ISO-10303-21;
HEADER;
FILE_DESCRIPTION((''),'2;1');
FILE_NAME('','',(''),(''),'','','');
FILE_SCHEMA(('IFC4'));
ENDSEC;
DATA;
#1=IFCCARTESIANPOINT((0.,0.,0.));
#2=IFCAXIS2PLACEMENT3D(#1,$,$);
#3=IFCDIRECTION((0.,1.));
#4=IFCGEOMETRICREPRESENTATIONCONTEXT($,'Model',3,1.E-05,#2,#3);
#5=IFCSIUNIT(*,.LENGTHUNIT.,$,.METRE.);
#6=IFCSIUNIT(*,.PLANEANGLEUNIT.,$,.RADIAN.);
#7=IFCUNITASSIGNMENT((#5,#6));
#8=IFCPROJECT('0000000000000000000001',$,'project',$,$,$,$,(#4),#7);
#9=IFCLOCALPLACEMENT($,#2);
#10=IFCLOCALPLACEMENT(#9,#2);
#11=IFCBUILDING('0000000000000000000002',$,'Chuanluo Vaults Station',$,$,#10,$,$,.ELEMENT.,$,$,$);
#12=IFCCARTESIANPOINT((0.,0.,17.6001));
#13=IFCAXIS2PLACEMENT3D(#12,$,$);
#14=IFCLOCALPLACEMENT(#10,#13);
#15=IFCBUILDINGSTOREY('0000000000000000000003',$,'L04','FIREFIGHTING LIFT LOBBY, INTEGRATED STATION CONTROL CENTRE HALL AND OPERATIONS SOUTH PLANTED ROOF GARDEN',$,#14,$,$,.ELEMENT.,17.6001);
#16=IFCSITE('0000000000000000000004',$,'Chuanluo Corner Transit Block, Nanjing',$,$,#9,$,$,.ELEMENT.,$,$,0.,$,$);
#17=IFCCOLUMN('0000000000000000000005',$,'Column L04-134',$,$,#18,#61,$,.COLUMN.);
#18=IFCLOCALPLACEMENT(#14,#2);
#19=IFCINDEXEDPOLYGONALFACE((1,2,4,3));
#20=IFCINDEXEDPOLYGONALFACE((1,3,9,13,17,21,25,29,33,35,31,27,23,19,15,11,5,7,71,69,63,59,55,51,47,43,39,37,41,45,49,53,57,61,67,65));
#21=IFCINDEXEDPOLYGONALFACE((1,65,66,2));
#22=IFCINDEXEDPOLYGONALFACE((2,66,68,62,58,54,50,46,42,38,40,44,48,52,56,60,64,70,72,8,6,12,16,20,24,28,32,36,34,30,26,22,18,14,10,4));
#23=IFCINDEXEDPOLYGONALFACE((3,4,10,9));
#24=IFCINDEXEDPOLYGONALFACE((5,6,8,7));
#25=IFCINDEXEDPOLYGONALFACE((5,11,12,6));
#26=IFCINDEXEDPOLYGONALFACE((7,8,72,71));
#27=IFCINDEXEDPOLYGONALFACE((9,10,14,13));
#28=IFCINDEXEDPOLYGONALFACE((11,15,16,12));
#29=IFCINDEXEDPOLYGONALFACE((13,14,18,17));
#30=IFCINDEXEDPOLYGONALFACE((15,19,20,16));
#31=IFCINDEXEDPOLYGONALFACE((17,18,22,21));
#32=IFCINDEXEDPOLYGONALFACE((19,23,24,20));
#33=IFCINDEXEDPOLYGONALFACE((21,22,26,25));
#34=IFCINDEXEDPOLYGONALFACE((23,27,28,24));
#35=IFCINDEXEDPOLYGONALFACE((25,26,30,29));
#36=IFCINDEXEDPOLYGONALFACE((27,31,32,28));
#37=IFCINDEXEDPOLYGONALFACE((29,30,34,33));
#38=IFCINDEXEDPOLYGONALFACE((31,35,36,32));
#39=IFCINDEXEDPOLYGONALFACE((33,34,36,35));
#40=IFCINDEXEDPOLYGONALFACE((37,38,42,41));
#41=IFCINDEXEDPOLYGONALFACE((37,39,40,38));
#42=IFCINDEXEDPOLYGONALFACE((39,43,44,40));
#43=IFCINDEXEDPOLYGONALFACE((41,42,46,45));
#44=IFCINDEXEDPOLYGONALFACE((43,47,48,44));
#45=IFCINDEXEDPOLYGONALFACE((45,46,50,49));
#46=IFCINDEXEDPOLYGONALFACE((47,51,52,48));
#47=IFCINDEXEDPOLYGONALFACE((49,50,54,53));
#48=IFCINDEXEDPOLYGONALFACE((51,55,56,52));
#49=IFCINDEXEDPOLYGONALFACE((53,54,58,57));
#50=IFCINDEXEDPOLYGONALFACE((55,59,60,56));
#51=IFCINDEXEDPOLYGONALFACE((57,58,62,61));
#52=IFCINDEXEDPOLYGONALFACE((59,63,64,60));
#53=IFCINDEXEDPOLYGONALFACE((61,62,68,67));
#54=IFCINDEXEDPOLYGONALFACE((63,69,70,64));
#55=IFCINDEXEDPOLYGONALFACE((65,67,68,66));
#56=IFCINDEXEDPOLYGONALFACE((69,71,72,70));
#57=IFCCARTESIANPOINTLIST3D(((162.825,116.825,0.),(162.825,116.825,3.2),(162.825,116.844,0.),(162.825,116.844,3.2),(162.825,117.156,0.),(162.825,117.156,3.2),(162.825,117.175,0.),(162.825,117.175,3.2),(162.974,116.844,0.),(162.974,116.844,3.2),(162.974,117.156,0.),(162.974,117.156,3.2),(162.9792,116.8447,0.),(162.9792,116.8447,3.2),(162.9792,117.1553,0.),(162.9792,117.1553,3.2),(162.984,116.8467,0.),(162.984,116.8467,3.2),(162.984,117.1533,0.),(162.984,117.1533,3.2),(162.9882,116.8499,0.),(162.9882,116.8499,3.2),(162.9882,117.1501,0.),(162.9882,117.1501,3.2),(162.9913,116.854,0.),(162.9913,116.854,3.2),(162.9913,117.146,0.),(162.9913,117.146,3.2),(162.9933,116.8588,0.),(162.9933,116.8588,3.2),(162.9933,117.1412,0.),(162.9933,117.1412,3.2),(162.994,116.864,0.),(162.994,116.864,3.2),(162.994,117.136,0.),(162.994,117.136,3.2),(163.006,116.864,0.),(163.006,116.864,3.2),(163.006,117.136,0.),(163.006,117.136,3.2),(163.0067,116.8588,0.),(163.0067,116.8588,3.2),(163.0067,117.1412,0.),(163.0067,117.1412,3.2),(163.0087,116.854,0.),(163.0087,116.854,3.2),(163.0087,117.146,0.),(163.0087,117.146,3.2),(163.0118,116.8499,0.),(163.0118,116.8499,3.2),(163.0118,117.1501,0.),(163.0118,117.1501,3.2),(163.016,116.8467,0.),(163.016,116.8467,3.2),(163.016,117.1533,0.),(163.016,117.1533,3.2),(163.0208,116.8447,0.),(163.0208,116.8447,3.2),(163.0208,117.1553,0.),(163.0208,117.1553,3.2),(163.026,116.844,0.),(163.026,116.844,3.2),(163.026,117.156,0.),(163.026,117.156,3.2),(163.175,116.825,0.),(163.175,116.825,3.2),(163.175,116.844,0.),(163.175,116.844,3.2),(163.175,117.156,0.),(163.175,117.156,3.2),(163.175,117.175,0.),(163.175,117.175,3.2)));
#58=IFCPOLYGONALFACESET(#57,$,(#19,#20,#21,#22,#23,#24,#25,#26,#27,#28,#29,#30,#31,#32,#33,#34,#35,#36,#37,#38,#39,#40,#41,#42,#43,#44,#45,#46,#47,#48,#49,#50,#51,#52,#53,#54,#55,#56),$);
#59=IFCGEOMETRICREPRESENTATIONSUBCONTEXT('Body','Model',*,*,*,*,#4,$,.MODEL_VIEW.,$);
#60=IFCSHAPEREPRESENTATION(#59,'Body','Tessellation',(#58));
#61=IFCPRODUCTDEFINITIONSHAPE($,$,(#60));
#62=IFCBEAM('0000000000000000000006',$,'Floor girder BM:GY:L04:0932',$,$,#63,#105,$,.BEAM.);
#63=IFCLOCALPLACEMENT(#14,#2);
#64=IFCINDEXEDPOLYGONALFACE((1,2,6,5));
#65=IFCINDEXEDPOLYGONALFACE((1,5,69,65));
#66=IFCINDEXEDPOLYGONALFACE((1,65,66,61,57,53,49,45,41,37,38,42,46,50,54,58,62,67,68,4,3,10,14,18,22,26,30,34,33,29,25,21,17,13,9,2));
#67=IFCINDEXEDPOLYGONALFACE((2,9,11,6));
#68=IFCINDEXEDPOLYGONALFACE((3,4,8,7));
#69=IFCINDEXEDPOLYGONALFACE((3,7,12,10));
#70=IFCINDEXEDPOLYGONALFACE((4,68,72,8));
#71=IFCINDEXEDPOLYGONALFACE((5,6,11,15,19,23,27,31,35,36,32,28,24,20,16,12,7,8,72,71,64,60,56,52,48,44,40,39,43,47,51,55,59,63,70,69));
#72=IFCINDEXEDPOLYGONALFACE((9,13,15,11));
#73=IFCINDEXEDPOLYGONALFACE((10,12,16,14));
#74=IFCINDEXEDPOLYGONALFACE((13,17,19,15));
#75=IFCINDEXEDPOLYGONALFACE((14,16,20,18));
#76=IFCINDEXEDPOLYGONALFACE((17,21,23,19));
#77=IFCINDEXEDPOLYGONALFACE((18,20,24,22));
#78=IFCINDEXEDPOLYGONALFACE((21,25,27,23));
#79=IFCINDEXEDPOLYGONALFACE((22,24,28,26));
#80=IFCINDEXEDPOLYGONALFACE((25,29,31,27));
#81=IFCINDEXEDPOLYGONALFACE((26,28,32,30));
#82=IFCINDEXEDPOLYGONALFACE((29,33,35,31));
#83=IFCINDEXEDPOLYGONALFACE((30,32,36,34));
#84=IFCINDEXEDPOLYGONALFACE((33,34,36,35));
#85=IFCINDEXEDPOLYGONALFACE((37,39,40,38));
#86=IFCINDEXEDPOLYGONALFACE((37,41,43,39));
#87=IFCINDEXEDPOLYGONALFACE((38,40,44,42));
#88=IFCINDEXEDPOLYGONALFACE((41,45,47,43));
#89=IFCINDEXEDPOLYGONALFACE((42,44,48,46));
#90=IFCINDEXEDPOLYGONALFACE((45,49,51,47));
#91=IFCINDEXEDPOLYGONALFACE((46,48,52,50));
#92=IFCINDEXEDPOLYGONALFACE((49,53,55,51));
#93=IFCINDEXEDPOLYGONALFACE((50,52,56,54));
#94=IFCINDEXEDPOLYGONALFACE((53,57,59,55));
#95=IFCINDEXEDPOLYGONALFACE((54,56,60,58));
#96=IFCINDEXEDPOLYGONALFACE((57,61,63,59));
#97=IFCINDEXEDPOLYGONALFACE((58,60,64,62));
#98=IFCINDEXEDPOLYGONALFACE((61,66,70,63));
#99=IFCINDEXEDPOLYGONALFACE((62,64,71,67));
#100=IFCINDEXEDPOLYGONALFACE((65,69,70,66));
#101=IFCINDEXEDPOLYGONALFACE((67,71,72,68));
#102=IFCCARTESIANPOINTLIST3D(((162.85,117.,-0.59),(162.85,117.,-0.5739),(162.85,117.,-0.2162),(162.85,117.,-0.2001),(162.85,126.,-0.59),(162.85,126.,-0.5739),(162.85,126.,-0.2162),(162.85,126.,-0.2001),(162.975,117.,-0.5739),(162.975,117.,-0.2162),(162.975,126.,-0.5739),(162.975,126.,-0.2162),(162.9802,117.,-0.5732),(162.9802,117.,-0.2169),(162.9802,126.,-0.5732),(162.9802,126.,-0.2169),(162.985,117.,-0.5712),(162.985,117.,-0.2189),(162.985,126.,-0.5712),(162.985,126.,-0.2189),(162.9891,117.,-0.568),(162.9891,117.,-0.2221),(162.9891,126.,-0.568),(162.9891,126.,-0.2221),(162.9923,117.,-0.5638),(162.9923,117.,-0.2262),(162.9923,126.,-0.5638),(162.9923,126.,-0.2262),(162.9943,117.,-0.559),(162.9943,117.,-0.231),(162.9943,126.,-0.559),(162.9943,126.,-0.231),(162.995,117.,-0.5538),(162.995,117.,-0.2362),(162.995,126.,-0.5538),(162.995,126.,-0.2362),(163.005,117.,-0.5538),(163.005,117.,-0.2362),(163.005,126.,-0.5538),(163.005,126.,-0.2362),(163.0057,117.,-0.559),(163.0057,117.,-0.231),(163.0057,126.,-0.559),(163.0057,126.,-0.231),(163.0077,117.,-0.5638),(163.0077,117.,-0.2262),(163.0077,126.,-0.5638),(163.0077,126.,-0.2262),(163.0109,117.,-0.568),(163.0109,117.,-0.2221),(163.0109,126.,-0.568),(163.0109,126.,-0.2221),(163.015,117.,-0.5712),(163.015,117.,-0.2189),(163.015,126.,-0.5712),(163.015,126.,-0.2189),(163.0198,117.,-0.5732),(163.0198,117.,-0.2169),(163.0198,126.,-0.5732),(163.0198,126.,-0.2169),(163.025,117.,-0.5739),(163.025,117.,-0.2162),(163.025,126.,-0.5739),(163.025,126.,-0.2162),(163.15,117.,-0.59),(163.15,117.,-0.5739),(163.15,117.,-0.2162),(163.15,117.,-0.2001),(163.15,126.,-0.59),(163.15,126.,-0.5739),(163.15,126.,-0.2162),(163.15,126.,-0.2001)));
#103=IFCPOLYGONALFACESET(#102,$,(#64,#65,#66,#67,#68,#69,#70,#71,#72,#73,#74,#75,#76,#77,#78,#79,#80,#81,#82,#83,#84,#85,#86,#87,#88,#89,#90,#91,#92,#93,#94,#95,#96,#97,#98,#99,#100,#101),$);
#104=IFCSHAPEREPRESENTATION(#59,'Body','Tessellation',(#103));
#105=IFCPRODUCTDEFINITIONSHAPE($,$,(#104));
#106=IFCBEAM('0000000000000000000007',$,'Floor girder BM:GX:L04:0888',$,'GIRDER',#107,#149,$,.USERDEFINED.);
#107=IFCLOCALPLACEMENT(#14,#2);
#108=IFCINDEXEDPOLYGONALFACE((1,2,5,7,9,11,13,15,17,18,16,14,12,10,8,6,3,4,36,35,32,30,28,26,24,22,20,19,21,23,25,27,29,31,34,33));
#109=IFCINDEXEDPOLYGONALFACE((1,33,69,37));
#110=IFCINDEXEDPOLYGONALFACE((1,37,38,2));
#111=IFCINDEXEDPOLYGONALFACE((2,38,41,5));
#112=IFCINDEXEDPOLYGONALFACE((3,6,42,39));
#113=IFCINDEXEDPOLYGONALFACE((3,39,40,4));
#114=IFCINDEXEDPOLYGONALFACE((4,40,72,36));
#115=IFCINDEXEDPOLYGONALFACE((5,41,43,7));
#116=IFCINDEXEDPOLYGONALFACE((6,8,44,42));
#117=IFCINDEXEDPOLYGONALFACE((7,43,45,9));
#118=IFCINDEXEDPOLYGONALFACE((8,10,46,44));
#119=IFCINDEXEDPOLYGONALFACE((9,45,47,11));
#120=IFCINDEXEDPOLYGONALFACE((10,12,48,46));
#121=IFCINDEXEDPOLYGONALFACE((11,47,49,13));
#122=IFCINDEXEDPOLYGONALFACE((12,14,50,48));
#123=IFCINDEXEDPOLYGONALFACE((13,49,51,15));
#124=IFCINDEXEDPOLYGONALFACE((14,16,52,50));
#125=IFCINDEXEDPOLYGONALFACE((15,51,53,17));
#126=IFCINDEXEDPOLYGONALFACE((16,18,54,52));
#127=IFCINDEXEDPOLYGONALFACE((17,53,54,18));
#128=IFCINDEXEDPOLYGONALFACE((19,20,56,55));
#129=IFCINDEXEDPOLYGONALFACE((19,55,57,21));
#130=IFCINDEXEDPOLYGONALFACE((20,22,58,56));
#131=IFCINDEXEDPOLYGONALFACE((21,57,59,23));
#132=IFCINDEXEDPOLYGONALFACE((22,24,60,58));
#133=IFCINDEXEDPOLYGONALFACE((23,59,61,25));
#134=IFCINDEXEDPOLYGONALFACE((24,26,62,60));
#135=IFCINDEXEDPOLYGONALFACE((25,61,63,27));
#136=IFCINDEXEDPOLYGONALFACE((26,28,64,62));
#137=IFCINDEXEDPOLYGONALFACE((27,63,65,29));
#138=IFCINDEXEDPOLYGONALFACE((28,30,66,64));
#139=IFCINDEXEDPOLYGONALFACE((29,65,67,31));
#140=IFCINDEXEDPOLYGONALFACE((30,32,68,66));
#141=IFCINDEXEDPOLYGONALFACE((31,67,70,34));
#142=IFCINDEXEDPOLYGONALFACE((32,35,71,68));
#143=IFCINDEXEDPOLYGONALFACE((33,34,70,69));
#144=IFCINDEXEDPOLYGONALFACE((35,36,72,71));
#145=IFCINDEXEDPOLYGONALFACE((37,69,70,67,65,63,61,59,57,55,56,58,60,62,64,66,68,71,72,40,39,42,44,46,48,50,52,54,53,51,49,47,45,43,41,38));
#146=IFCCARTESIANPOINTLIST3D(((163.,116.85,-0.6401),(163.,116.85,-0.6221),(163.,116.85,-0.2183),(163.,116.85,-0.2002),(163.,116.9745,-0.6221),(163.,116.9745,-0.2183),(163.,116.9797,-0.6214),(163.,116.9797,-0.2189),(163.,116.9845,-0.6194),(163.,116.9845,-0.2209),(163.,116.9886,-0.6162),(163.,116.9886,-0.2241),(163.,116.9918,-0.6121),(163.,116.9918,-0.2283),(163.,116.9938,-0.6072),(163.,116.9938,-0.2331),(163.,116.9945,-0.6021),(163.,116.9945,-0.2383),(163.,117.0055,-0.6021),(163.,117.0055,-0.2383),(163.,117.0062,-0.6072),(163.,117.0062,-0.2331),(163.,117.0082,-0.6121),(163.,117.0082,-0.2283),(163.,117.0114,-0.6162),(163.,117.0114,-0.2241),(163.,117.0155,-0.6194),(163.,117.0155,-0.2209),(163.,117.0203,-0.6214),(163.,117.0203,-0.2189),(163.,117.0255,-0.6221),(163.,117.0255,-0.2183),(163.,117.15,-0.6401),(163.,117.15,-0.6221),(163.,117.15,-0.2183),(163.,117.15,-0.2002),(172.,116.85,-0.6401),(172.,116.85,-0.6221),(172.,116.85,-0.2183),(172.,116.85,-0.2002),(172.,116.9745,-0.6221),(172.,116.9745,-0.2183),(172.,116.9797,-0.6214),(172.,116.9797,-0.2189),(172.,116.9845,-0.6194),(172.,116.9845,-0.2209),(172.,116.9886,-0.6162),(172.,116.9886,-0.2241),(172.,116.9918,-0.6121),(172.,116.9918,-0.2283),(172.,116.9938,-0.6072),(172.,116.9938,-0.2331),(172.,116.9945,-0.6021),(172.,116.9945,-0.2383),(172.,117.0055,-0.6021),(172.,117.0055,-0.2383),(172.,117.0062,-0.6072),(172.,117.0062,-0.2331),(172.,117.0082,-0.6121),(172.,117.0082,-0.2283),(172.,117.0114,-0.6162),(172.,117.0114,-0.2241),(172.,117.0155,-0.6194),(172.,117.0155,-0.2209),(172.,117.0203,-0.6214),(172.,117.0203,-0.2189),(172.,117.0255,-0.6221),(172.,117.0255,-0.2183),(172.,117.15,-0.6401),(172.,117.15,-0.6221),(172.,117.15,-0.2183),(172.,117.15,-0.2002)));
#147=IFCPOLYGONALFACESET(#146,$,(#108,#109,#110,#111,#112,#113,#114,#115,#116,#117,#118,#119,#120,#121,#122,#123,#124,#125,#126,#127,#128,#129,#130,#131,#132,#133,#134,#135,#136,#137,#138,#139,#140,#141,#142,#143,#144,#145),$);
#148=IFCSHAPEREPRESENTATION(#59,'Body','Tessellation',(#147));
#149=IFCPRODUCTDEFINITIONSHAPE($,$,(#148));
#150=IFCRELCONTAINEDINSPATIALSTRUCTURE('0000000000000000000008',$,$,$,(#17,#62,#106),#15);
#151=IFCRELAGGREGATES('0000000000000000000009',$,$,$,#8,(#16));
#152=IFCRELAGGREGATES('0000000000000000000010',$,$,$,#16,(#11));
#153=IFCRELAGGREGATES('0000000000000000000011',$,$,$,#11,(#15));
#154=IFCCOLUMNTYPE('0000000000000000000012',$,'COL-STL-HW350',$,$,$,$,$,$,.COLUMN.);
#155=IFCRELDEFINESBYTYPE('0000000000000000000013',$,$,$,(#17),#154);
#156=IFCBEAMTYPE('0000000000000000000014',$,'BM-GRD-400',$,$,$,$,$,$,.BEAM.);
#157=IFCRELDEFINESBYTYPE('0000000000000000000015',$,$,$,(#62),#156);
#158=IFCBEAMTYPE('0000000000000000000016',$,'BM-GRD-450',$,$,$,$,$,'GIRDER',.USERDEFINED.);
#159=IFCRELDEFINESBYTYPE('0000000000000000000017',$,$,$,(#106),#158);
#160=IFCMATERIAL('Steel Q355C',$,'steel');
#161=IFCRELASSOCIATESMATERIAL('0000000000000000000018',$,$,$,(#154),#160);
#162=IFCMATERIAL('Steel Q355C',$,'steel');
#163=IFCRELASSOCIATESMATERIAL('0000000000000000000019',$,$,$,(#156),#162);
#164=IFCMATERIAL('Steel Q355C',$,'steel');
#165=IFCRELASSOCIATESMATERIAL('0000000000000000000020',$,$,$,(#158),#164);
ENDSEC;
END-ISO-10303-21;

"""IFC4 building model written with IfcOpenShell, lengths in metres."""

from ifc_helpers import new_model, si_unit, direction, frame, origin, origin_2d, place, context, subcontext, project, spatial, i_section, extrude, material, material_profile, profile_set, type_object, element, save


model = new_model("IFC4")

# Units and contexts
model_context = context("Model", 3, precision=1e-05, world=origin(), true_north=direction((0.0, 1.0)))
body_context = subcontext(model_context, "Body", "Model", "MODEL_VIEW")
ifc_project = project(units=[si_unit("LENGTHUNIT", "METRE"), si_unit("PLANEANGLEUNIT", "RADIAN")], contexts=[model_context])

# Site, building, storey
site_placement = place(None, origin())
site = spatial("IfcSite", under=ifc_project, at=site_placement, Name="Chuanluo Corner Transit Block, Nanjing", CompositionType="ELEMENT", RefElevation=0.0)
building_placement = place(site_placement, origin())
building = spatial("IfcBuilding", under=site, at=building_placement, Name="Chuanluo Vaults Station", CompositionType="ELEMENT")
storey_placement = place(building_placement, frame((0.0, 0.0, 17.6001)))
storey = spatial("IfcBuildingStorey", under=building, at=storey_placement, Name="L04", Description="FIREFIGHTING LIFT LOBBY, INTEGRATED STATION CONTROL CENTRE HALL AND OPERATIONS SOUTH PLANTED ROOF GARDEN", CompositionType="ELEMENT", Elevation=17.6001)

# Column
ifc_material_1 = material(Name="Steel Q355C", Category="steel")
ifc_material_profile_1 = material_profile(ifc_material_1, i_section(OverallWidth=0.3501, OverallDepth=0.3501, WebThickness=0.012, FlangeThickness=0.019, FilletRadius=0.02, at=origin_2d()))
ifc_profile_set_1 = profile_set([ifc_material_profile_1], Name="Steel Q355C")
column_type = type_object("IfcColumnType", Name="COL-STL-HW350", PredefinedType="COLUMN", material=ifc_profile_set_1)
column_placement = place(storey_placement, frame((163.0, 117.0, 0.0), z_axis=(0.0, 0.0, 1.0), x_axis=(1.0, 0.0, 0.0)))
element("IfcColumn", 1, at=column_placement, inside=storey, type_object=column_type, Name="Column L04-134", PredefinedType="COLUMN", context=body_context, shape_type="SweptSolid", body=[
    extrude(i_section(OverallWidth=0.3501, OverallDepth=0.3501, WebThickness=0.012, FlangeThickness=0.019, FilletRadius=0.02, at=origin_2d()), origin(), (0.0, 0.0, 1.0), 3.2),
])

# Beams
ifc_material_2 = material(Name="Steel Q355C", Category="steel")
ifc_material_profile_2 = material_profile(ifc_material_2, i_section(OverallWidth=0.3, OverallDepth=0.3899, WebThickness=0.01, FlangeThickness=0.0161, FilletRadius=0.02, at=origin_2d()))
ifc_profile_set_2 = profile_set([ifc_material_profile_2], Name="Steel Q355C")
beam_type_1 = type_object("IfcBeamType", Name="BM-GRD-400", PredefinedType="BEAM", material=ifc_profile_set_2)
beam_1_placement = place(storey_placement, frame((163.0, 117.0, -0.395), z_axis=(0.0, 1.0, 0.0), x_axis=(-1.0, 0.0, 0.0)))
element("IfcBeam", 2, at=beam_1_placement, inside=storey, type_object=beam_type_1, Name="Floor girder BM:GY:L04:0932", PredefinedType="BEAM", context=body_context, shape_type="SweptSolid", body=[
    extrude(i_section(OverallWidth=0.3, OverallDepth=0.3899, WebThickness=0.01, FlangeThickness=0.0161, FilletRadius=0.02, at=origin_2d()), origin(), (0.0, 0.0, 1.0), 9.0),
])
ifc_material_3 = material(Name="Steel Q355C", Category="steel")
ifc_material_profile_3 = material_profile(ifc_material_3, i_section(OverallWidth=0.3, OverallDepth=0.4399, WebThickness=0.011, FlangeThickness=0.0181, FilletRadius=0.02, at=origin_2d()))
ifc_profile_set_3 = profile_set([ifc_material_profile_3], Name="Steel Q355C")
beam_type_2 = type_object("IfcBeamType", Name="BM-GRD-450", ElementType="GIRDER", PredefinedType="USERDEFINED", material=ifc_profile_set_3)
beam_2_placement = place(storey_placement, frame((163.0, 117.0, -0.4202), z_axis=(1.0, 0.0, 0.0), x_axis=(0.0, 1.0, 0.0)))
element("IfcBeam", 3, at=beam_2_placement, inside=storey, type_object=beam_type_2, Name="Floor girder BM:GX:L04:0888", ObjectType="GIRDER", PredefinedType="USERDEFINED", context=body_context, shape_type="SweptSolid", body=[
    extrude(i_section(OverallWidth=0.3, OverallDepth=0.4399, WebThickness=0.011, FlangeThickness=0.0181, FilletRadius=0.02, at=origin_2d()), origin(), (0.0, 0.0, 1.0), 9.0),
])

save(model, "model.ifc")
